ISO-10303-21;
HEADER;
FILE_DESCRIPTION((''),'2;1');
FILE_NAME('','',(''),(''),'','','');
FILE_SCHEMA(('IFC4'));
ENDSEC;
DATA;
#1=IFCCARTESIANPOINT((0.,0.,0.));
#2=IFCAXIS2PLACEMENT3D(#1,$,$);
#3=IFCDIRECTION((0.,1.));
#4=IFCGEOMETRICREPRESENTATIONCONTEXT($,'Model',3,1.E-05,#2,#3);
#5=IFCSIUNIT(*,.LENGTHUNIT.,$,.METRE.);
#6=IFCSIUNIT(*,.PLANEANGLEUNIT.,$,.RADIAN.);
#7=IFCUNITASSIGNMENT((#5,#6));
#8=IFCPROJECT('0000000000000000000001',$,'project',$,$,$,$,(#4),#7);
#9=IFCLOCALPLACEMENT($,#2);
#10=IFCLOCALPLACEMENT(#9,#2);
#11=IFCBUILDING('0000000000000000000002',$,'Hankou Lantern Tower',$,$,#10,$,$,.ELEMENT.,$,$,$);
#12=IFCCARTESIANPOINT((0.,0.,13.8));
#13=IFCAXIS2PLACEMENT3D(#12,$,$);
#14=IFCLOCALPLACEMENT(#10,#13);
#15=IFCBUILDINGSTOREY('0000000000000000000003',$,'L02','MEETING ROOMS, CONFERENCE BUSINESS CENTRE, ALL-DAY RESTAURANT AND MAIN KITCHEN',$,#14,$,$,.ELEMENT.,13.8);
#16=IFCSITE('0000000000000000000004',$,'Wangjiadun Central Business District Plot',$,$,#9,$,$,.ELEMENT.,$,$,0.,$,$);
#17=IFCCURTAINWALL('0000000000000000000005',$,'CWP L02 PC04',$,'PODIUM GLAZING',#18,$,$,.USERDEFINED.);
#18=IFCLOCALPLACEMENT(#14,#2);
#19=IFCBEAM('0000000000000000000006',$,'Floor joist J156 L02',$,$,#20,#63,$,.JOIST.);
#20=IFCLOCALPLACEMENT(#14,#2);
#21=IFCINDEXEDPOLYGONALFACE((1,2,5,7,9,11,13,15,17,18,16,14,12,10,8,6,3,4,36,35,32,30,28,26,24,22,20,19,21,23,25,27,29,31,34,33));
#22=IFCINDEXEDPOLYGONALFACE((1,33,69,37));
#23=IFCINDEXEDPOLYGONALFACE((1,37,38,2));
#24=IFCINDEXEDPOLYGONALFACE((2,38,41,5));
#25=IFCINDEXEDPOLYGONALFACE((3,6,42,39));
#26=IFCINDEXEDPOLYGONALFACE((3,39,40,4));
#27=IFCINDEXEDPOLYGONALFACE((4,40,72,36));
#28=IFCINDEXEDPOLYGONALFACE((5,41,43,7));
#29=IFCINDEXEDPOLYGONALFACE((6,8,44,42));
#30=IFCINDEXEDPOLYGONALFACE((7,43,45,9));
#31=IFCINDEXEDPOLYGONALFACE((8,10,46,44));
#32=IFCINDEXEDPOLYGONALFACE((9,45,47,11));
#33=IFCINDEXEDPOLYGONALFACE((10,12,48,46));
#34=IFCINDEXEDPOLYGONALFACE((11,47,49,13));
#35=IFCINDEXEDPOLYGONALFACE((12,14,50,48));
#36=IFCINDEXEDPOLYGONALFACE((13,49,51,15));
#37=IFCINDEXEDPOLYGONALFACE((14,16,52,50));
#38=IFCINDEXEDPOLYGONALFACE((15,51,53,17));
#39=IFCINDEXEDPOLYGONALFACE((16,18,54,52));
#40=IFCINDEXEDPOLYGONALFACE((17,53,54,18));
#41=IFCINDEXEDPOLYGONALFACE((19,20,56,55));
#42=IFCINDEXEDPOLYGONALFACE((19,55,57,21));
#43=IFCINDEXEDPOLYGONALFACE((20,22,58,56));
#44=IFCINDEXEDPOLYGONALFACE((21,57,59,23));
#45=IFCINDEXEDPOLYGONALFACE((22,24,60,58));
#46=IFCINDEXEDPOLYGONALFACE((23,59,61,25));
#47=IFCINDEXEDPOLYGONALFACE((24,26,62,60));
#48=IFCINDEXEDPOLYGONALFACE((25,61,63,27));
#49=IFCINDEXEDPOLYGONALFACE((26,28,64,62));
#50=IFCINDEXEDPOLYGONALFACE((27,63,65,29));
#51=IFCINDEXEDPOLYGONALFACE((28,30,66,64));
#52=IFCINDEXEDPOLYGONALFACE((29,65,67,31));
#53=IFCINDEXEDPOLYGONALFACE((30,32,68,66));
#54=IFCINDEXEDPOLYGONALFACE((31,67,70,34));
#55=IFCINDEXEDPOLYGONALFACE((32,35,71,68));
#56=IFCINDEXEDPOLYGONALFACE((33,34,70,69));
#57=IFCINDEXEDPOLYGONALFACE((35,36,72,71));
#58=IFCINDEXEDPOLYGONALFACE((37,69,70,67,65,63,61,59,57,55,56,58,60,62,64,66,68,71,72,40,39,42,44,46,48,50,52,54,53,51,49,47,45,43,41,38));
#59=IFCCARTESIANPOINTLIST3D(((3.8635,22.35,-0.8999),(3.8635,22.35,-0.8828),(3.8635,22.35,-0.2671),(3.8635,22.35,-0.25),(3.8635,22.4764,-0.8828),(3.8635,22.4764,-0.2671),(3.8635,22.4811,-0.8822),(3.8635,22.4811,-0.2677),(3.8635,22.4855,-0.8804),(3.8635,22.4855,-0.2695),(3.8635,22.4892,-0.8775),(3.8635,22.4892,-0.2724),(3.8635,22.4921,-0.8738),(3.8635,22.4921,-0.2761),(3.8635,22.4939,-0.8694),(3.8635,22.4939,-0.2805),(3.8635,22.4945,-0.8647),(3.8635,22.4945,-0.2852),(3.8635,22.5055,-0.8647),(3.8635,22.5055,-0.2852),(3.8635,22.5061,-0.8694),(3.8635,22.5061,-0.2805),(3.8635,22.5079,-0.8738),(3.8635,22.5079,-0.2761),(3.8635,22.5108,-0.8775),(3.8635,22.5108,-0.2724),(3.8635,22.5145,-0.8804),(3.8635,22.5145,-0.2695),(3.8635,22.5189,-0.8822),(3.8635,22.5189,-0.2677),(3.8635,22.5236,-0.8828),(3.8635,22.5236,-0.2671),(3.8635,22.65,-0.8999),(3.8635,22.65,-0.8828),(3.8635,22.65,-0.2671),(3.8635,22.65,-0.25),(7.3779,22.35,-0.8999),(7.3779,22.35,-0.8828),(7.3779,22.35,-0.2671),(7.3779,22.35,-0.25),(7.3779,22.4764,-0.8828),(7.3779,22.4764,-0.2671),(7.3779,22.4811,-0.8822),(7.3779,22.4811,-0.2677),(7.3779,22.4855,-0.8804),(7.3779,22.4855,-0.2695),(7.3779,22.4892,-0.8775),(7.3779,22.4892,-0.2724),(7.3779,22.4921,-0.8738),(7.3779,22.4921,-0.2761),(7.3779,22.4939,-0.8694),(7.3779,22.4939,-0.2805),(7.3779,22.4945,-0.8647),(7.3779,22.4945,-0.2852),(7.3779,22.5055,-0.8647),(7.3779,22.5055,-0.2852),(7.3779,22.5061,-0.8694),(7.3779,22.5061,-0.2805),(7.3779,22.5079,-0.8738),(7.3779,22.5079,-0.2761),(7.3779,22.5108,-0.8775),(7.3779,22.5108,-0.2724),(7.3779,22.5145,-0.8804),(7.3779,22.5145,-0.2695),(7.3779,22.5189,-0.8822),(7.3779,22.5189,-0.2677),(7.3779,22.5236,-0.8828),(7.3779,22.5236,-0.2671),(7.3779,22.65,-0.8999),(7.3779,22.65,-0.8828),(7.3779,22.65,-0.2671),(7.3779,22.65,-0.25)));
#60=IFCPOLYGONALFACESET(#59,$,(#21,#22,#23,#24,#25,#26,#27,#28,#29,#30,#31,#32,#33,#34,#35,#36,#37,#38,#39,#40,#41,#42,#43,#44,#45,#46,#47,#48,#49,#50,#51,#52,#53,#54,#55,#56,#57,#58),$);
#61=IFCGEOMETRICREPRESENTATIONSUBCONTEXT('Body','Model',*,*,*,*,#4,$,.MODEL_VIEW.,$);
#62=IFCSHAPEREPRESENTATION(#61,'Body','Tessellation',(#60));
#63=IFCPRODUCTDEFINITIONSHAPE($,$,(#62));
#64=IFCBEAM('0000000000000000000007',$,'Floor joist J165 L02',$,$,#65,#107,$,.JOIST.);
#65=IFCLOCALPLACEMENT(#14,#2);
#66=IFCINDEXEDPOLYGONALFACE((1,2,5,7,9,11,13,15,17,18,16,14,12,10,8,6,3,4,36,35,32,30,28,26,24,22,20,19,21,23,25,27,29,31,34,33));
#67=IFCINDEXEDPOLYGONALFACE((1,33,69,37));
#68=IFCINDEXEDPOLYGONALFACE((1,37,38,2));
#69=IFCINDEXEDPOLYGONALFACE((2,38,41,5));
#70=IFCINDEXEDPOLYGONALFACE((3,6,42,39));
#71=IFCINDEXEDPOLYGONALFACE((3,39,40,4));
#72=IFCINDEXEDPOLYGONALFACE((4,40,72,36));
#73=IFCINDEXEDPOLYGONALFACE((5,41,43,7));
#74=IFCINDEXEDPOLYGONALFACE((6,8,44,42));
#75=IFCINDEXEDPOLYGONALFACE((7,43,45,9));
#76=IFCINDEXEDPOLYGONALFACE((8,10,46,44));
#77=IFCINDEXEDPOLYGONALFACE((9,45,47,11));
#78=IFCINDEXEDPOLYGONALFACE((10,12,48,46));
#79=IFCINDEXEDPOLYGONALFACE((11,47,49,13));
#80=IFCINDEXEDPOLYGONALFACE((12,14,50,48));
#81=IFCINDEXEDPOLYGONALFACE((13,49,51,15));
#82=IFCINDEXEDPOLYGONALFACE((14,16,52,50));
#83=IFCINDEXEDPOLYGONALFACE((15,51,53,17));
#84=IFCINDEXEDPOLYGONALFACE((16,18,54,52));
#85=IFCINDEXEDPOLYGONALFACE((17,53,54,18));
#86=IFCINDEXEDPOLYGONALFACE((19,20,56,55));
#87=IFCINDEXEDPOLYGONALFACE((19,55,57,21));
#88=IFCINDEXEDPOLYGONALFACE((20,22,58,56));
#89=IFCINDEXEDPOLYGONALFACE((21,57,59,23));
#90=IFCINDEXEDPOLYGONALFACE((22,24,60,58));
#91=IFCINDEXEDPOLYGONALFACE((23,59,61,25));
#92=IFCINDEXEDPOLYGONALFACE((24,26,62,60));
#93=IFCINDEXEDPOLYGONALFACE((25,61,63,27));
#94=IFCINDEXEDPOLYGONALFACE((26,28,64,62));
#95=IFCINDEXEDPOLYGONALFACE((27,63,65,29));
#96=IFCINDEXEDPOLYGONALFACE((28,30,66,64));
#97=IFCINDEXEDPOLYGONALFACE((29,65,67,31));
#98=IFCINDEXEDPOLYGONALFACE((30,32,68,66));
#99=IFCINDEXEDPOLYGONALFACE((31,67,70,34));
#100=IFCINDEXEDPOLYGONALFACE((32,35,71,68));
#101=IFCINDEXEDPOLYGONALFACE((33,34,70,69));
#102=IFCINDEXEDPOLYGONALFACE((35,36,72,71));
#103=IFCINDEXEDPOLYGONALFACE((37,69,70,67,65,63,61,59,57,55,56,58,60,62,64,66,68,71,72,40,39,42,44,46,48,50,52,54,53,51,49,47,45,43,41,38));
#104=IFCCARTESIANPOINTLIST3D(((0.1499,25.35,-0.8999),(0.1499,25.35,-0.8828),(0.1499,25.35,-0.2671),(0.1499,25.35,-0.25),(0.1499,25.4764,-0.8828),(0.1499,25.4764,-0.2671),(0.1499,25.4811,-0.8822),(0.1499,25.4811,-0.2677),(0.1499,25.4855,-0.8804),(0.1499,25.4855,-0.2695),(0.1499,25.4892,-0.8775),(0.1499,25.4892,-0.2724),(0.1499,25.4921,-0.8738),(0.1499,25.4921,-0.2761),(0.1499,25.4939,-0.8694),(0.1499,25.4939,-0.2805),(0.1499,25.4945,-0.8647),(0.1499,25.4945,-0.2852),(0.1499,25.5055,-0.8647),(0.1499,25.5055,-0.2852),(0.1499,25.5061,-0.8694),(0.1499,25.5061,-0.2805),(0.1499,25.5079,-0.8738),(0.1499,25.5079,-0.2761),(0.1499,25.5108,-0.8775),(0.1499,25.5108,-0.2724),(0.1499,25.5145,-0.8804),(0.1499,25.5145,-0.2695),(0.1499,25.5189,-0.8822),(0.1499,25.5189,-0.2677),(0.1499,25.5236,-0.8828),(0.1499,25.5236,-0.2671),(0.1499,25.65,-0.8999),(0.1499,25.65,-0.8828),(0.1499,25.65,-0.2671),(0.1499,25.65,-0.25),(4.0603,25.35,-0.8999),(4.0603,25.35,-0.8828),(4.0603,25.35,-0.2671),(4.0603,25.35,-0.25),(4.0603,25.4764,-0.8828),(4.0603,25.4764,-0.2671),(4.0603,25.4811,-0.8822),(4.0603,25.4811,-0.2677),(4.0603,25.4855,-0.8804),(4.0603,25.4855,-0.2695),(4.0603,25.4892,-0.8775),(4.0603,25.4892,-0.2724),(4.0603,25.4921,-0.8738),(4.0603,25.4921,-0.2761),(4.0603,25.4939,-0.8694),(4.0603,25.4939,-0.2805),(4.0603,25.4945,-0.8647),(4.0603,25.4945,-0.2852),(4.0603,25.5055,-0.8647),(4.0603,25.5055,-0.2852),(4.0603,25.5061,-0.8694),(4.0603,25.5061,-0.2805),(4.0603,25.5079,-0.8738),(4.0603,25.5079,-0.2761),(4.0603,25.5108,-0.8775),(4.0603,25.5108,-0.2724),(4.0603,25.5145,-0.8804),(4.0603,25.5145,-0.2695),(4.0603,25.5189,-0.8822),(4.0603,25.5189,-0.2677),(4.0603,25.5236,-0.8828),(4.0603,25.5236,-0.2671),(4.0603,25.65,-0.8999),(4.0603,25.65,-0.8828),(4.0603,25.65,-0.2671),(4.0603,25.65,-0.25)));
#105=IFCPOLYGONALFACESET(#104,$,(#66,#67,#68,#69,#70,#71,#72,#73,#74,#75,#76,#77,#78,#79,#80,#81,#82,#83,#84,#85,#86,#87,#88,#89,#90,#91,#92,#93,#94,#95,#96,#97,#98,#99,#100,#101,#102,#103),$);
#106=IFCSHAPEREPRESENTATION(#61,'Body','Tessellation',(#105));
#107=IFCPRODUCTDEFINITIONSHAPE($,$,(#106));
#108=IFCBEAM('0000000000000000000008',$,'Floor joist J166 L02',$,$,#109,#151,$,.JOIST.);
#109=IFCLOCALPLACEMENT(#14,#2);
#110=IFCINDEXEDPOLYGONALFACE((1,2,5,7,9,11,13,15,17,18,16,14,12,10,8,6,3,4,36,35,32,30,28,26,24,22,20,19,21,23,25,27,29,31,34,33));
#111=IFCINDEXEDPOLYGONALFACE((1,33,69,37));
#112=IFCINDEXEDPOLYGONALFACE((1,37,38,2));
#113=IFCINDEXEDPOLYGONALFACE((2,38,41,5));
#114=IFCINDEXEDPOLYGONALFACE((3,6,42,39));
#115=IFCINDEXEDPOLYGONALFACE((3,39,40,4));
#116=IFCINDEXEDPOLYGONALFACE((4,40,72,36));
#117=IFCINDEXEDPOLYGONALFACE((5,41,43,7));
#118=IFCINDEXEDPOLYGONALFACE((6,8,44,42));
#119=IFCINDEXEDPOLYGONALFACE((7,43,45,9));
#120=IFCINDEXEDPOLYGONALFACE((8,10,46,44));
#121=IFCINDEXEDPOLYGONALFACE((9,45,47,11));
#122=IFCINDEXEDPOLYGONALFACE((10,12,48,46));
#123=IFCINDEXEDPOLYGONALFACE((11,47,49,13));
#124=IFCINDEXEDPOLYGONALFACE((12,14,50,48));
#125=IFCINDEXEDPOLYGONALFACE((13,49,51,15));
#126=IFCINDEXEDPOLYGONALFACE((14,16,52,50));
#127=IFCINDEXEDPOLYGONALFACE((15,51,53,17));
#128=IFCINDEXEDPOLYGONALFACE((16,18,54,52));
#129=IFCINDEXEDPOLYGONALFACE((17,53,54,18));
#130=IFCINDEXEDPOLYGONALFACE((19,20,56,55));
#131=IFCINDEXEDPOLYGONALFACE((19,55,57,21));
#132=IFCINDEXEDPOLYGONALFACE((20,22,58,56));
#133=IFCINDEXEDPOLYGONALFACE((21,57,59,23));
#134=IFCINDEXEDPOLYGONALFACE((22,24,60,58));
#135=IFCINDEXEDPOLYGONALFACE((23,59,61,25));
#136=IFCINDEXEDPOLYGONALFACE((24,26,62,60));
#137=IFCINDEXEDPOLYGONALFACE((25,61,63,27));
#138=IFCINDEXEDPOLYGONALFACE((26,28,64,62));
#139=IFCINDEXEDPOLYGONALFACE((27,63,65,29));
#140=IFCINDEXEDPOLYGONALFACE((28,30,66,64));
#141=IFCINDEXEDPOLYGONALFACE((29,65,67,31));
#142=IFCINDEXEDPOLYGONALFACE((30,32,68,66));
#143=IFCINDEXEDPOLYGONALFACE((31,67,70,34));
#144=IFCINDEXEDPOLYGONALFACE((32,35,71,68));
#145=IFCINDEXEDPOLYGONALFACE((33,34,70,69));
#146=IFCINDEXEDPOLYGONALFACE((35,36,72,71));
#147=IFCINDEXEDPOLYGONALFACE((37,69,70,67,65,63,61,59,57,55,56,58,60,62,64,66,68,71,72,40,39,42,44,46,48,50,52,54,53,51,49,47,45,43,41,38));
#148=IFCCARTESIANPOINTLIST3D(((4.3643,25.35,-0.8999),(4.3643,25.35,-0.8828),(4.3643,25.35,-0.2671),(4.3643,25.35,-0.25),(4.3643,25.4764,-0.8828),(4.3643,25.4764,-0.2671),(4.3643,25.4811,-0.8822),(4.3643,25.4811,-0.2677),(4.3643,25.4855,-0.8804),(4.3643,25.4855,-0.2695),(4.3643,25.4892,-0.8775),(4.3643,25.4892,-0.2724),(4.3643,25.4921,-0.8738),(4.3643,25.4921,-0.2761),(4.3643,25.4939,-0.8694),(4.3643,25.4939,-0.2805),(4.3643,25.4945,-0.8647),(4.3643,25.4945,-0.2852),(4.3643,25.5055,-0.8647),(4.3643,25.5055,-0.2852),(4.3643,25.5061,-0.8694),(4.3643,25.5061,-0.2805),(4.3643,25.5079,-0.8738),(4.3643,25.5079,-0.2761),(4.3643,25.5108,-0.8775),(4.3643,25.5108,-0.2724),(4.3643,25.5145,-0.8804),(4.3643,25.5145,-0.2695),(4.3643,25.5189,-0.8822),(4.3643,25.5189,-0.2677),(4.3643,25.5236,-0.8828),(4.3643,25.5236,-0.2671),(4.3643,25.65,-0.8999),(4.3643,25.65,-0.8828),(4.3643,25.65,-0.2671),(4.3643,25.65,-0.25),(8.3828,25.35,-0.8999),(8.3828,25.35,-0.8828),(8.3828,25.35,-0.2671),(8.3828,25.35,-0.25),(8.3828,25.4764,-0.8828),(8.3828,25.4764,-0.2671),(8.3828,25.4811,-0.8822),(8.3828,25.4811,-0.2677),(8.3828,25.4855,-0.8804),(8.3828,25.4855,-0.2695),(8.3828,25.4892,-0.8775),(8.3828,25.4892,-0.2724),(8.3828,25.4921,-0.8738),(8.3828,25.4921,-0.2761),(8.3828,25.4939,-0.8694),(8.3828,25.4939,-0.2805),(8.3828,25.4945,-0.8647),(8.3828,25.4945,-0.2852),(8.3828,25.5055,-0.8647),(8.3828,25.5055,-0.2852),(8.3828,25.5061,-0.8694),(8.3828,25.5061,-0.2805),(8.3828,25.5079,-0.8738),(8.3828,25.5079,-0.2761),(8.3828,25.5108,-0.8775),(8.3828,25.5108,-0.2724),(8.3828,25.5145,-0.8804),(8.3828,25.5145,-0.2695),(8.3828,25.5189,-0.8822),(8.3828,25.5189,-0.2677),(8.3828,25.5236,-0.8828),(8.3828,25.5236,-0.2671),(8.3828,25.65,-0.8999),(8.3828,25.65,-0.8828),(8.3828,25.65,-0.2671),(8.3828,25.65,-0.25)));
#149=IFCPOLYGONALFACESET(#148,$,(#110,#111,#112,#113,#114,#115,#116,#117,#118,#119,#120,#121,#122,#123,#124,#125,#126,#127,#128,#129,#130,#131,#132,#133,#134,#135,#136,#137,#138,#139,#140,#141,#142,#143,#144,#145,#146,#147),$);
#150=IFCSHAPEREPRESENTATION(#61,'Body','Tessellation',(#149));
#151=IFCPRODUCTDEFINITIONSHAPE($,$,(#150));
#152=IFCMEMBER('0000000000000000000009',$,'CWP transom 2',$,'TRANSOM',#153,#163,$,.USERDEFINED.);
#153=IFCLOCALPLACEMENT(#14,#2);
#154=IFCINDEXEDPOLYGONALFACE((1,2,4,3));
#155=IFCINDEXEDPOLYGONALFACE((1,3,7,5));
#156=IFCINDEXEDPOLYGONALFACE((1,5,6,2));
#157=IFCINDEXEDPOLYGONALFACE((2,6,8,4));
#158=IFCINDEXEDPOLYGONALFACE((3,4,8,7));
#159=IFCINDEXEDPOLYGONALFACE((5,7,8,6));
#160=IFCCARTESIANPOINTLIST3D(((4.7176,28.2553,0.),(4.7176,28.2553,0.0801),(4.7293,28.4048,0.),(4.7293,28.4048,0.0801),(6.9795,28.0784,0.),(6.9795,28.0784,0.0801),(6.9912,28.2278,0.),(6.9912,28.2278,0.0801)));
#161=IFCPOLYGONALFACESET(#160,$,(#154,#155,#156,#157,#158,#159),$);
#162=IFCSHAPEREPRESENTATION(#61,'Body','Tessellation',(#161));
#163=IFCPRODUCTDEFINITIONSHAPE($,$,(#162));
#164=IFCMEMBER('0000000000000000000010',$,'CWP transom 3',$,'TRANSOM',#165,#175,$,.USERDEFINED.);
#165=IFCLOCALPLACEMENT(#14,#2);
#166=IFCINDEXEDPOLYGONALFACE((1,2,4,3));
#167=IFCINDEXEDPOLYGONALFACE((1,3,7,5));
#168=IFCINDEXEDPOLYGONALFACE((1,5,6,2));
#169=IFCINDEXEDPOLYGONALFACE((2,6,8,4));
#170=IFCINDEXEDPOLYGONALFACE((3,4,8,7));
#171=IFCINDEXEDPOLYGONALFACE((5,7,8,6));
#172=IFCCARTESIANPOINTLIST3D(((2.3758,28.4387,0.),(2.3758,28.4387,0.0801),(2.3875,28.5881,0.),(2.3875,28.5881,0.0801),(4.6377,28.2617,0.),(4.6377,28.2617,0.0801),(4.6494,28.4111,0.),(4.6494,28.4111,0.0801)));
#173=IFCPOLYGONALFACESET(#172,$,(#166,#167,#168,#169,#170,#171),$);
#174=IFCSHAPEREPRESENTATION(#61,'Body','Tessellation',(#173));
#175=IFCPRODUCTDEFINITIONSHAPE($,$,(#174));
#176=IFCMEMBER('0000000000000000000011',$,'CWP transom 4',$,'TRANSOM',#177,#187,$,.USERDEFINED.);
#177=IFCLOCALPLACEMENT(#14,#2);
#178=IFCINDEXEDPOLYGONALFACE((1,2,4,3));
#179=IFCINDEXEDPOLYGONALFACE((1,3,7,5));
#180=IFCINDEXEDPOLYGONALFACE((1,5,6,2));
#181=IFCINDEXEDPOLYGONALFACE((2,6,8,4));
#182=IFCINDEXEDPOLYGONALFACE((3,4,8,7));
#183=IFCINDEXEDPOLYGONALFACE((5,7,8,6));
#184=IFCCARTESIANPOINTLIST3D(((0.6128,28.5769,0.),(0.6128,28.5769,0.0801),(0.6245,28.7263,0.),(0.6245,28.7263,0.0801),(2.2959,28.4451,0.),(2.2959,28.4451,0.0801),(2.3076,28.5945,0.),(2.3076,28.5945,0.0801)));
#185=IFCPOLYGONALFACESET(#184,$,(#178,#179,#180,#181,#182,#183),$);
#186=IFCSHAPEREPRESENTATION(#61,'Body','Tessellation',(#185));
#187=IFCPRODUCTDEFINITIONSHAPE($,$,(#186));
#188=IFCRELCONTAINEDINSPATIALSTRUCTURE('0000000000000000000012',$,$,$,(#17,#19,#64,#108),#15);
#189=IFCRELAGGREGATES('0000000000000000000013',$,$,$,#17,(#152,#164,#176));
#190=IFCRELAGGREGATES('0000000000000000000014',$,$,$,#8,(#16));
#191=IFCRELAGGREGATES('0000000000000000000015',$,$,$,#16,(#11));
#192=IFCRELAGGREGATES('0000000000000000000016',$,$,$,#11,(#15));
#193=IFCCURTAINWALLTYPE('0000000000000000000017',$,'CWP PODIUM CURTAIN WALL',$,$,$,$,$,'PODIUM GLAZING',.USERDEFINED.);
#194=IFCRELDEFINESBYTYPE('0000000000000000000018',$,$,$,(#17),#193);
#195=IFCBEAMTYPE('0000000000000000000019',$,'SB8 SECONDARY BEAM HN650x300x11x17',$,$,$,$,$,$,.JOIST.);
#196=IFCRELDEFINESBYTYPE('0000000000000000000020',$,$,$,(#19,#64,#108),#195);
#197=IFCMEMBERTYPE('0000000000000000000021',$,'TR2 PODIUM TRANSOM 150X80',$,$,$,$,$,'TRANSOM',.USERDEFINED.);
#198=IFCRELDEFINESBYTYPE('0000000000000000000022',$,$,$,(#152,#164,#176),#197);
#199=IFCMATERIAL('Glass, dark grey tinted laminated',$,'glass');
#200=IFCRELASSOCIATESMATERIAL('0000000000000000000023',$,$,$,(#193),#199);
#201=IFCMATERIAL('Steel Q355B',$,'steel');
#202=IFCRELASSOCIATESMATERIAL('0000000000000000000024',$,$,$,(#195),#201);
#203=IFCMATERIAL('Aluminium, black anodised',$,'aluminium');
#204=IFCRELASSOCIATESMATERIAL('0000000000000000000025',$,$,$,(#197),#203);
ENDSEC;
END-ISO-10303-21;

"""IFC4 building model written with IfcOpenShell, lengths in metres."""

from ifc_helpers import new_model, si_unit, direction, frame, origin, origin_2d, place, context, subcontext, project, spatial, rectangle, i_section, extrude, material, material_profile, profile_set, type_object, element, aggregate, save


model = new_model("IFC4")

# Units and contexts
model_context = context("Model", 3, precision=1e-05, world=origin(), true_north=direction((0.0, 1.0)))
body_context = subcontext(model_context, "Body", "Model", "MODEL_VIEW")
ifc_project = project(units=[si_unit("LENGTHUNIT", "METRE"), si_unit("PLANEANGLEUNIT", "RADIAN")], contexts=[model_context])

# Site, building, storey
site_placement = place(None, origin())
site = spatial("IfcSite", under=ifc_project, at=site_placement, Name="Wangjiadun Central Business District Plot", CompositionType="ELEMENT", RefElevation=0.0)
building_placement = place(site_placement, origin())
building = spatial("IfcBuilding", under=site, at=building_placement, Name="Hankou Lantern Tower", CompositionType="ELEMENT")
storey_placement = place(building_placement, frame((0.0, 0.0, 13.8)))
storey = spatial("IfcBuildingStorey", under=building, at=storey_placement, Name="L02", Description="MEETING ROOMS, CONFERENCE BUSINESS CENTRE, ALL-DAY RESTAURANT AND MAIN KITCHEN", CompositionType="ELEMENT", Elevation=13.8)

# Curtain wall
ifc_material_1 = material(Name="Glass, dark grey tinted laminated", Category="glass")
curtain_wall_type = type_object("IfcCurtainWallType", Name="CWP PODIUM CURTAIN WALL", ElementType="PODIUM GLAZING", PredefinedType="USERDEFINED", material=ifc_material_1)
curtain_wall_placement = place(storey_placement, origin())
curtain_wall = element("IfcCurtainWall", 1, at=curtain_wall_placement, inside=storey, type_object=curtain_wall_type, Name="CWP L02 PC04", ObjectType="PODIUM GLAZING", PredefinedType="USERDEFINED")

# Beams
ifc_material_2 = material(Name="Steel Q355B", Category="steel")
ifc_material_profile_1 = material_profile(ifc_material_2, i_section(OverallWidth=0.3, OverallDepth=0.6499, WebThickness=0.011, FlangeThickness=0.0171, FilletRadius=0.0181, at=origin_2d()), Name="HN650x300x11x17")
ifc_profile_set_1 = profile_set([ifc_material_profile_1], Name="Steel Q355B")
beam_type_1 = type_object("IfcBeamType", Name="SB8 SECONDARY BEAM HN650x300x11x17", PredefinedType="JOIST", material=ifc_profile_set_1)
beam_1_placement = place(storey_placement, frame((3.8635, 22.5, -0.575), z_axis=(1.0, 0.0, 0.0), x_axis=(0.0, 1.0, 0.0)))
element("IfcBeam", 2, at=beam_1_placement, inside=storey, type_object=beam_type_1, Name="Floor joist J156 L02", PredefinedType="JOIST", context=body_context, shape_type="SweptSolid", body=[
    extrude(i_section(OverallWidth=0.3, OverallDepth=0.6499, WebThickness=0.011, FlangeThickness=0.0171, FilletRadius=0.0181, at=origin_2d()), origin(), (0.0, 0.0, 1.0), 3.5144),
])
beam_2_placement = place(storey_placement, frame((0.1499, 25.5, -0.575), z_axis=(1.0, 0.0, 0.0), x_axis=(0.0, 1.0, 0.0)))
element("IfcBeam", 3, at=beam_2_placement, inside=storey, type_object=beam_type_1, Name="Floor joist J165 L02", PredefinedType="JOIST", context=body_context, shape_type="SweptSolid", body=[
    extrude(i_section(OverallWidth=0.3, OverallDepth=0.6499, WebThickness=0.011, FlangeThickness=0.0171, FilletRadius=0.0181, at=origin_2d()), origin(), (0.0, 0.0, 1.0), 3.9104),
])
beam_3_placement = place(storey_placement, frame((4.3643, 25.5, -0.575), z_axis=(1.0, 0.0, 0.0), x_axis=(0.0, 1.0, 0.0)))
element("IfcBeam", 4, at=beam_3_placement, inside=storey, type_object=beam_type_1, Name="Floor joist J166 L02", PredefinedType="JOIST", context=body_context, shape_type="SweptSolid", body=[
    extrude(i_section(OverallWidth=0.3, OverallDepth=0.6499, WebThickness=0.011, FlangeThickness=0.0171, FilletRadius=0.0181, at=origin_2d()), origin(), (0.0, 0.0, 1.0), 4.0186),
])

# Members
ifc_material_3 = material(Name="Aluminium, black anodised", Category="aluminium")
ifc_material_profile_2 = material_profile(ifc_material_3, rectangle(XDim=0.1499, YDim=0.0801, at=origin_2d()), Name="TR2 150X80")
ifc_profile_set_2 = profile_set([ifc_material_profile_2], Name="Aluminium, black anodised")
member_type_1 = type_object("IfcMemberType", Name="TR2 PODIUM TRANSOM 150X80", ElementType="TRANSOM", PredefinedType="USERDEFINED", material=ifc_profile_set_2)
member_1_placement = place(storey_placement, frame((6.9854, 28.1531, 0.04), z_axis=(-0.996952, 0.078013, 0.0), x_axis=(-0.078013, -0.996952, 0.0)))
member_1 = element("IfcMember", 5, at=member_1_placement, type_object=member_type_1, Name="CWP transom 2", ObjectType="TRANSOM", PredefinedType="USERDEFINED", context=body_context, shape_type="SweptSolid", body=[
    extrude(rectangle(XDim=0.1499, YDim=0.0801, at=origin_2d()), origin(), (0.0, 0.0, 1.0), 2.2688),
])
member_2_placement = place(storey_placement, frame((4.6436, 28.3364, 0.04), z_axis=(-0.996952, 0.078013, 0.0), x_axis=(-0.078013, -0.996952, 0.0)))
member_2 = element("IfcMember", 6, at=member_2_placement, type_object=member_type_1, Name="CWP transom 3", ObjectType="TRANSOM", PredefinedType="USERDEFINED", context=body_context, shape_type="SweptSolid", body=[
    extrude(rectangle(XDim=0.1499, YDim=0.0801, at=origin_2d()), origin(), (0.0, 0.0, 1.0), 2.2688),
])
member_3_placement = place(storey_placement, frame((2.3018, 28.5198, 0.04), z_axis=(-0.996946, 0.07809, 0.0), x_axis=(-0.07809, -0.996946, 0.0)))
member_3 = element("IfcMember", 7, at=member_3_placement, type_object=member_type_1, Name="CWP transom 4", ObjectType="TRANSOM", PredefinedType="USERDEFINED", context=body_context, shape_type="SweptSolid", body=[
    extrude(rectangle(XDim=0.1499, YDim=0.0801, at=origin_2d()), origin(), (0.0, 0.0, 1.0), 1.6882),
])

aggregate(curtain_wall, [member_1, member_2, member_3])

save(model, "model.ifc")
